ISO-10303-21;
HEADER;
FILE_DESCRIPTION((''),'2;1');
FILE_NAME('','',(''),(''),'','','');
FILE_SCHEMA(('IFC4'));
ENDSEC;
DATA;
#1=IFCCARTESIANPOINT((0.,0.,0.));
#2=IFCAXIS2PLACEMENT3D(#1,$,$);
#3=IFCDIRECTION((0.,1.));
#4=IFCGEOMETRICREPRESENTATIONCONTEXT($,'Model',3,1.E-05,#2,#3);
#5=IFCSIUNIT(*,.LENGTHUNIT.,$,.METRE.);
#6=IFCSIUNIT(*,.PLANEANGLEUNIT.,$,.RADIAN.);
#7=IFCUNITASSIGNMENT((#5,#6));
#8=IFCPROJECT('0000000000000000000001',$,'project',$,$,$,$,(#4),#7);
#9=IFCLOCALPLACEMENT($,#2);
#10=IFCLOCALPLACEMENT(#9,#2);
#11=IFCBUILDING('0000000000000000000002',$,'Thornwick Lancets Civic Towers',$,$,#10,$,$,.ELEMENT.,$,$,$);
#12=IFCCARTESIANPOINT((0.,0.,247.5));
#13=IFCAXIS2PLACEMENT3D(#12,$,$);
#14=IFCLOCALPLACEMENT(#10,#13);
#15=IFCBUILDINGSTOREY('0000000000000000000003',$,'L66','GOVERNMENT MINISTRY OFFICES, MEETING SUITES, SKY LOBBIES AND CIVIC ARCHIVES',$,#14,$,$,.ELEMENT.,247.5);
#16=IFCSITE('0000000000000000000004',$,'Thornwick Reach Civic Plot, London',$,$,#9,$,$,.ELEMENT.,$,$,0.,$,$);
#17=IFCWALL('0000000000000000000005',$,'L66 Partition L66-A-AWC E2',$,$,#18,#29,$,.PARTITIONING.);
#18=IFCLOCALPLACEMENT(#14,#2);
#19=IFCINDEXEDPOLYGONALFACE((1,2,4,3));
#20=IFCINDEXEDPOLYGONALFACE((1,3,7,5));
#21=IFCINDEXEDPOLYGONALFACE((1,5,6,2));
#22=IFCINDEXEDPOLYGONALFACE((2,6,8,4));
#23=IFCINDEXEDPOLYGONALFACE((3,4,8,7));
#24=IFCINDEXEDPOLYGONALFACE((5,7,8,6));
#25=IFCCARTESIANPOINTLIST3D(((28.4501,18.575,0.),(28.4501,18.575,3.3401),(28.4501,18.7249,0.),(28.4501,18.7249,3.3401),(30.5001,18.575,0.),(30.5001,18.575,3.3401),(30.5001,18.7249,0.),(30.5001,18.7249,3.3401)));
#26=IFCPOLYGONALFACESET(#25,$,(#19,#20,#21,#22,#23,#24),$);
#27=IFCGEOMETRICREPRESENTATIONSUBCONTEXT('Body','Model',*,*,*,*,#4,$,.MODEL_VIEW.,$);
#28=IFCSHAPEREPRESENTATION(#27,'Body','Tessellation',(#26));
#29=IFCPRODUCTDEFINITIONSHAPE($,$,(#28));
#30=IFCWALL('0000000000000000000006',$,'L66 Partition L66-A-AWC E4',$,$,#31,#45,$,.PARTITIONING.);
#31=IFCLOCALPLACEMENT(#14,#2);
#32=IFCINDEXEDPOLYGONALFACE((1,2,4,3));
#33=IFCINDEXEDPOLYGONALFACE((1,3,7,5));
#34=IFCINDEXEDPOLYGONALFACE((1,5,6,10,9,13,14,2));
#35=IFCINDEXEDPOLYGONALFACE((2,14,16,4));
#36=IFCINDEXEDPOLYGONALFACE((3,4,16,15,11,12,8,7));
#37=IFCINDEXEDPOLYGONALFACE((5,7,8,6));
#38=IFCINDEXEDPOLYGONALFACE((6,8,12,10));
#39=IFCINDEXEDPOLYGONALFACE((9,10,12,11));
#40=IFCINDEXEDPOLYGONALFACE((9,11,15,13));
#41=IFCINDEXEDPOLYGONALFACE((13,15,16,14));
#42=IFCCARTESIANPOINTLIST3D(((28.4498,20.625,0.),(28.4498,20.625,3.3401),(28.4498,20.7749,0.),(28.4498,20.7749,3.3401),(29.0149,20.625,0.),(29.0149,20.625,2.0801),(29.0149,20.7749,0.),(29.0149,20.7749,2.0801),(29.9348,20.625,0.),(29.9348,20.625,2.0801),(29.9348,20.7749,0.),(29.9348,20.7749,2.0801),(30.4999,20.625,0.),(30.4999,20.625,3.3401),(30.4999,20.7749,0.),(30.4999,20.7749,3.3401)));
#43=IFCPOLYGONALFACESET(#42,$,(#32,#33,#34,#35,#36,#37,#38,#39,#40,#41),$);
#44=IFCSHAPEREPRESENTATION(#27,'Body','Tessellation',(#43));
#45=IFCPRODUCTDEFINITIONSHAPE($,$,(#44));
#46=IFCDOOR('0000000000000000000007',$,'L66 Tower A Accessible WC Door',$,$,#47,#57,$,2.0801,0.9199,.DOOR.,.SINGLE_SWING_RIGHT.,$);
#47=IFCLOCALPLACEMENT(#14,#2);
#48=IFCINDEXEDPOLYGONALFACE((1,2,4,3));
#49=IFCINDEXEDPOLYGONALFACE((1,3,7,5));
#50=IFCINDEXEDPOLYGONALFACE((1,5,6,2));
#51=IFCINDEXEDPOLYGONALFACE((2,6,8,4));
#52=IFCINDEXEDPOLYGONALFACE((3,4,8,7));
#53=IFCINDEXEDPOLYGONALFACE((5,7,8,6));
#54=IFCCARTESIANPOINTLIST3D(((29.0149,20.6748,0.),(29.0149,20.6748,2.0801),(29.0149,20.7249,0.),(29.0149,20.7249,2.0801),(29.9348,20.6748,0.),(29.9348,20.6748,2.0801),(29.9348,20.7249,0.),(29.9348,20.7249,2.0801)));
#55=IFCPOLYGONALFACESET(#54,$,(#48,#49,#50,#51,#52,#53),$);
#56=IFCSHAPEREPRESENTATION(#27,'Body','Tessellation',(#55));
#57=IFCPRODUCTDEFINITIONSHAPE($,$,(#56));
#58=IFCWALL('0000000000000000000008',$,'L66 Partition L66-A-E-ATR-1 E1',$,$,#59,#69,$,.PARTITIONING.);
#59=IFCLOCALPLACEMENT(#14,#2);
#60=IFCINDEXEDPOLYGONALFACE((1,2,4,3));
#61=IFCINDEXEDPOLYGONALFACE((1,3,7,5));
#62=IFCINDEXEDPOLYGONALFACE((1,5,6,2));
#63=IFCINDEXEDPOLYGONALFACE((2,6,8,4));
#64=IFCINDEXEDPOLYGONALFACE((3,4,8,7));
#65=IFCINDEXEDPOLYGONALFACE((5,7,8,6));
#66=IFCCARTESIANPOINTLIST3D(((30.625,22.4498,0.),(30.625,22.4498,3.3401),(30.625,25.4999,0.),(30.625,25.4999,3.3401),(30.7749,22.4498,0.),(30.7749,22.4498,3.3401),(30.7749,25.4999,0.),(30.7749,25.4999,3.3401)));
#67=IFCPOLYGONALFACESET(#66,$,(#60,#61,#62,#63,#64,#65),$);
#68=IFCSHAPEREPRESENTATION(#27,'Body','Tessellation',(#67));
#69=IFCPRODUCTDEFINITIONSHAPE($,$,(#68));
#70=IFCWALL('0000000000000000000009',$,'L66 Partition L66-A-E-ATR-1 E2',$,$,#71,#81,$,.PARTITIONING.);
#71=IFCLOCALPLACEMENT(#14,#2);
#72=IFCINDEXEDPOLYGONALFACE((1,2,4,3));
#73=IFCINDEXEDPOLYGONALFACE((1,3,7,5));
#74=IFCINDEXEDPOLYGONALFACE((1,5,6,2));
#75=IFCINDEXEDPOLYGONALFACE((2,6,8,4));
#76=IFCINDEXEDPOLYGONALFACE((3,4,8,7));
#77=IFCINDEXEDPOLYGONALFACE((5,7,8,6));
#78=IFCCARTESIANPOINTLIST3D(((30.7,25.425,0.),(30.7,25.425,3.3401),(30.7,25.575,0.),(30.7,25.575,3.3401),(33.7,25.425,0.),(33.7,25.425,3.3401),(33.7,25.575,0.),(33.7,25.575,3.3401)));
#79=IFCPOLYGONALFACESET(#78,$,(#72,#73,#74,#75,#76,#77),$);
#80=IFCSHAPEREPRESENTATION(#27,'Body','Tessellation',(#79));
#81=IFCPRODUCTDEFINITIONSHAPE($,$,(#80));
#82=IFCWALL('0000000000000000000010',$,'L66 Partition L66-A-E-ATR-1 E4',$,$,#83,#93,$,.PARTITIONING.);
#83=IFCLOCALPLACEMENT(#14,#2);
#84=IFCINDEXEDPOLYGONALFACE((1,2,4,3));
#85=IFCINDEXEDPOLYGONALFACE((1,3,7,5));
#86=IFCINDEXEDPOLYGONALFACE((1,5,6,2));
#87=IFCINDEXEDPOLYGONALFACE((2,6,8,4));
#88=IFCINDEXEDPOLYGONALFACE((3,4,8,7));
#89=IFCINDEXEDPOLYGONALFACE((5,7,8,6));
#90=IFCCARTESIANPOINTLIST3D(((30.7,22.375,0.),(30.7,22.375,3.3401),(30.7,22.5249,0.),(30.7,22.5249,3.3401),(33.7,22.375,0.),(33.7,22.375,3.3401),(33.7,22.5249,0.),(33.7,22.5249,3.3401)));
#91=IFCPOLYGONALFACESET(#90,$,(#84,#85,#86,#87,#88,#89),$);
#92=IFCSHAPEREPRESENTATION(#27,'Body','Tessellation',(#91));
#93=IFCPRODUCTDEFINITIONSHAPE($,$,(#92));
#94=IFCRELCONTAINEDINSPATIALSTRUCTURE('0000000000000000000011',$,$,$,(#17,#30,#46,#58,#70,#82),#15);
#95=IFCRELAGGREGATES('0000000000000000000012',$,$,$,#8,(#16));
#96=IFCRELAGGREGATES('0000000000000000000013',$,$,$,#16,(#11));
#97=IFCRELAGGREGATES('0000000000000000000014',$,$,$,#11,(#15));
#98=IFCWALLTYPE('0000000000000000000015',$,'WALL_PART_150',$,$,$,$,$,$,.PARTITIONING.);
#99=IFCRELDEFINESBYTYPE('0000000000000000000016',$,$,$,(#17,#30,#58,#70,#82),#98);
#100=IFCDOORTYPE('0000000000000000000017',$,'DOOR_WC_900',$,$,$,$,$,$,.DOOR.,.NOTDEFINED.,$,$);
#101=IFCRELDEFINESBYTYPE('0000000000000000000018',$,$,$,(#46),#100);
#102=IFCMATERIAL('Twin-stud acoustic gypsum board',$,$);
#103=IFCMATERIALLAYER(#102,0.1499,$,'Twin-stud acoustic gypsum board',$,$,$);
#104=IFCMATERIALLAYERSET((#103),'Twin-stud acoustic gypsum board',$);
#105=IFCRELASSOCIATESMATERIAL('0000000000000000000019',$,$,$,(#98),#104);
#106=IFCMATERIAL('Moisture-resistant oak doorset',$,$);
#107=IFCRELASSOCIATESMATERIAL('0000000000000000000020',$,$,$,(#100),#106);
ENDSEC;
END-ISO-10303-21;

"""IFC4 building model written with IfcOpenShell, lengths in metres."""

from ifc_helpers import new_model, si_unit, direction, frame, frame_2d, origin, place, context, subcontext, project, spatial, rectangle, extrude, material, layer, layer_set, type_object, element, fill, save


model = new_model("IFC4")

# Units and contexts
model_context = context("Model", 3, precision=1e-05, world=origin(), true_north=direction((0.0, 1.0)))
body_context = subcontext(model_context, "Body", "Model", "MODEL_VIEW")
ifc_project = project(units=[si_unit("LENGTHUNIT", "METRE"), si_unit("PLANEANGLEUNIT", "RADIAN")], contexts=[model_context])

# Site, building, storey
site_placement = place(None, origin())
site = spatial("IfcSite", under=ifc_project, at=site_placement, Name="Thornwick Reach Civic Plot, London", CompositionType="ELEMENT", RefElevation=0.0)
building_placement = place(site_placement, origin())
building = spatial("IfcBuilding", under=site, at=building_placement, Name="Thornwick Lancets Civic Towers", CompositionType="ELEMENT")
storey_placement = place(building_placement, frame((0.0, 0.0, 247.5)))
storey = spatial("IfcBuildingStorey", under=building, at=storey_placement, Name="L66", Description="GOVERNMENT MINISTRY OFFICES, MEETING SUITES, SKY LOBBIES AND CIVIC ARCHIVES", CompositionType="ELEMENT", Elevation=247.5)

# Wall
ifc_material_1 = material(Name="Twin-stud acoustic gypsum board")
ifc_layer_1 = layer(ifc_material_1, 0.1499, Name="Twin-stud acoustic gypsum board")
ifc_layer_set_1 = layer_set([ifc_layer_1], Name="Twin-stud acoustic gypsum board")
wall_type_1 = type_object("IfcWallType", Name="WALL_PART_150", PredefinedType="PARTITIONING", material=ifc_layer_set_1)
wall_1_placement = place(storey_placement, frame((30.5, 18.6499, 0.0), z_axis=(0.0, 0.0, 1.0), x_axis=(-1.0, 0.0, 0.0)))
element("IfcWall", 1, at=wall_1_placement, inside=storey, type_object=wall_type_1, Name="L66 Partition L66-A-AWC E2", PredefinedType="PARTITIONING", context=body_context, shape_type="SweptSolid", body=[
    extrude(rectangle(XDim=2.05, YDim=0.1499, at=frame_2d((1.0249, 0.0))), origin(), (0.0, 0.0, 1.0), 3.3401),
])

# Wall, opening, door
wall_2_placement = place(storey_placement, frame((28.45, 20.7, 0.0), z_axis=(0.0, 0.0, 1.0), x_axis=(1.0, 0.0, 0.0)))
wall_2 = element("IfcWall", 2, at=wall_2_placement, inside=storey, type_object=wall_type_1, Name="L66 Partition L66-A-AWC E4", PredefinedType="PARTITIONING", context=body_context, shape_type="SweptSolid", body=[
    extrude(rectangle(XDim=2.05, YDim=0.1499, at=frame_2d((1.0249, 0.0))), origin(), (0.0, 0.0, 1.0), 3.3401),
])
opening_1_placement = place(wall_2_placement, frame((0.5649, 0.0, 0.0)))
opening_1 = element("IfcOpeningElement", 3, at=opening_1_placement, cuts=wall_2, PredefinedType="OPENING", context=body_context, shape_type="SweptSolid", body=[
    extrude(rectangle(XDim=0.9199, YDim=2.0801, at=frame_2d((0.46, 1.04))), frame((0.0, 0.085, 0.0), z_axis=(0.0, -1.0, 0.0), x_axis=(1.0, 0.0, 0.0)), (0.0, 0.0, 1.0), 0.1699),
])
ifc_material_2 = material(Name="Moisture-resistant oak doorset")
door_type_1 = type_object("IfcDoorType", Name="DOOR_WC_900", OperationType="NOTDEFINED", PredefinedType="DOOR", material=ifc_material_2)
door_1_placement = place(opening_1_placement, origin())
door_1 = element("IfcDoor", 4, at=door_1_placement, inside=storey, type_object=door_type_1, Name="L66 Tower A Accessible WC Door", OperationType="SINGLE_SWING_RIGHT", OverallHeight=2.0801, OverallWidth=0.9199, PredefinedType="DOOR", context=body_context, shape_type="SweptSolid", body=[
    extrude(rectangle(XDim=0.9199, YDim=2.0801, at=frame_2d((0.46, 1.04))), frame((0.0, 0.0249, 0.0), z_axis=(0.0, -1.0, 0.0), x_axis=(1.0, 0.0, 0.0)), (0.0, 0.0, 1.0), 0.05),
])
fill(opening_1, door_1)

# Walls
wall_3_placement = place(storey_placement, frame((30.7, 22.45, 0.0), z_axis=(0.0, 0.0, 1.0), x_axis=(0.0, 1.0, 0.0)))
element("IfcWall", 5, at=wall_3_placement, inside=storey, type_object=wall_type_1, Name="L66 Partition L66-A-E-ATR-1 E1", PredefinedType="PARTITIONING", context=body_context, shape_type="SweptSolid", body=[
    extrude(rectangle(XDim=3.05, YDim=0.1499, at=frame_2d((1.5249, 0.0))), origin(), (0.0, 0.0, 1.0), 3.3401),
])
for number, where, z_axis, x_axis, name in (
    (6, (30.7, 25.5, 0.0), (0.0, 0.0, 1.0), (1.0, 0.0, 0.0), "L66 Partition L66-A-E-ATR-1 E2"),
    (7, (33.7, 22.45, 0.0), (0.0, 0.0, 1.0), (-1.0, 0.0, 0.0), "L66 Partition L66-A-E-ATR-1 E4"),
):
    element("IfcWall", number, at=place(storey_placement, frame(where, z_axis=z_axis, x_axis=x_axis)), inside=storey, type_object=wall_type_1, Name=name, PredefinedType="PARTITIONING", context=body_context, shape_type="SweptSolid", body=[
        extrude(rectangle(XDim=3.0, YDim=0.1499, at=frame_2d((1.5, 0.0))), origin(), (0.0, 0.0, 1.0), 3.3401),
    ])

save(model, "model.ifc")
